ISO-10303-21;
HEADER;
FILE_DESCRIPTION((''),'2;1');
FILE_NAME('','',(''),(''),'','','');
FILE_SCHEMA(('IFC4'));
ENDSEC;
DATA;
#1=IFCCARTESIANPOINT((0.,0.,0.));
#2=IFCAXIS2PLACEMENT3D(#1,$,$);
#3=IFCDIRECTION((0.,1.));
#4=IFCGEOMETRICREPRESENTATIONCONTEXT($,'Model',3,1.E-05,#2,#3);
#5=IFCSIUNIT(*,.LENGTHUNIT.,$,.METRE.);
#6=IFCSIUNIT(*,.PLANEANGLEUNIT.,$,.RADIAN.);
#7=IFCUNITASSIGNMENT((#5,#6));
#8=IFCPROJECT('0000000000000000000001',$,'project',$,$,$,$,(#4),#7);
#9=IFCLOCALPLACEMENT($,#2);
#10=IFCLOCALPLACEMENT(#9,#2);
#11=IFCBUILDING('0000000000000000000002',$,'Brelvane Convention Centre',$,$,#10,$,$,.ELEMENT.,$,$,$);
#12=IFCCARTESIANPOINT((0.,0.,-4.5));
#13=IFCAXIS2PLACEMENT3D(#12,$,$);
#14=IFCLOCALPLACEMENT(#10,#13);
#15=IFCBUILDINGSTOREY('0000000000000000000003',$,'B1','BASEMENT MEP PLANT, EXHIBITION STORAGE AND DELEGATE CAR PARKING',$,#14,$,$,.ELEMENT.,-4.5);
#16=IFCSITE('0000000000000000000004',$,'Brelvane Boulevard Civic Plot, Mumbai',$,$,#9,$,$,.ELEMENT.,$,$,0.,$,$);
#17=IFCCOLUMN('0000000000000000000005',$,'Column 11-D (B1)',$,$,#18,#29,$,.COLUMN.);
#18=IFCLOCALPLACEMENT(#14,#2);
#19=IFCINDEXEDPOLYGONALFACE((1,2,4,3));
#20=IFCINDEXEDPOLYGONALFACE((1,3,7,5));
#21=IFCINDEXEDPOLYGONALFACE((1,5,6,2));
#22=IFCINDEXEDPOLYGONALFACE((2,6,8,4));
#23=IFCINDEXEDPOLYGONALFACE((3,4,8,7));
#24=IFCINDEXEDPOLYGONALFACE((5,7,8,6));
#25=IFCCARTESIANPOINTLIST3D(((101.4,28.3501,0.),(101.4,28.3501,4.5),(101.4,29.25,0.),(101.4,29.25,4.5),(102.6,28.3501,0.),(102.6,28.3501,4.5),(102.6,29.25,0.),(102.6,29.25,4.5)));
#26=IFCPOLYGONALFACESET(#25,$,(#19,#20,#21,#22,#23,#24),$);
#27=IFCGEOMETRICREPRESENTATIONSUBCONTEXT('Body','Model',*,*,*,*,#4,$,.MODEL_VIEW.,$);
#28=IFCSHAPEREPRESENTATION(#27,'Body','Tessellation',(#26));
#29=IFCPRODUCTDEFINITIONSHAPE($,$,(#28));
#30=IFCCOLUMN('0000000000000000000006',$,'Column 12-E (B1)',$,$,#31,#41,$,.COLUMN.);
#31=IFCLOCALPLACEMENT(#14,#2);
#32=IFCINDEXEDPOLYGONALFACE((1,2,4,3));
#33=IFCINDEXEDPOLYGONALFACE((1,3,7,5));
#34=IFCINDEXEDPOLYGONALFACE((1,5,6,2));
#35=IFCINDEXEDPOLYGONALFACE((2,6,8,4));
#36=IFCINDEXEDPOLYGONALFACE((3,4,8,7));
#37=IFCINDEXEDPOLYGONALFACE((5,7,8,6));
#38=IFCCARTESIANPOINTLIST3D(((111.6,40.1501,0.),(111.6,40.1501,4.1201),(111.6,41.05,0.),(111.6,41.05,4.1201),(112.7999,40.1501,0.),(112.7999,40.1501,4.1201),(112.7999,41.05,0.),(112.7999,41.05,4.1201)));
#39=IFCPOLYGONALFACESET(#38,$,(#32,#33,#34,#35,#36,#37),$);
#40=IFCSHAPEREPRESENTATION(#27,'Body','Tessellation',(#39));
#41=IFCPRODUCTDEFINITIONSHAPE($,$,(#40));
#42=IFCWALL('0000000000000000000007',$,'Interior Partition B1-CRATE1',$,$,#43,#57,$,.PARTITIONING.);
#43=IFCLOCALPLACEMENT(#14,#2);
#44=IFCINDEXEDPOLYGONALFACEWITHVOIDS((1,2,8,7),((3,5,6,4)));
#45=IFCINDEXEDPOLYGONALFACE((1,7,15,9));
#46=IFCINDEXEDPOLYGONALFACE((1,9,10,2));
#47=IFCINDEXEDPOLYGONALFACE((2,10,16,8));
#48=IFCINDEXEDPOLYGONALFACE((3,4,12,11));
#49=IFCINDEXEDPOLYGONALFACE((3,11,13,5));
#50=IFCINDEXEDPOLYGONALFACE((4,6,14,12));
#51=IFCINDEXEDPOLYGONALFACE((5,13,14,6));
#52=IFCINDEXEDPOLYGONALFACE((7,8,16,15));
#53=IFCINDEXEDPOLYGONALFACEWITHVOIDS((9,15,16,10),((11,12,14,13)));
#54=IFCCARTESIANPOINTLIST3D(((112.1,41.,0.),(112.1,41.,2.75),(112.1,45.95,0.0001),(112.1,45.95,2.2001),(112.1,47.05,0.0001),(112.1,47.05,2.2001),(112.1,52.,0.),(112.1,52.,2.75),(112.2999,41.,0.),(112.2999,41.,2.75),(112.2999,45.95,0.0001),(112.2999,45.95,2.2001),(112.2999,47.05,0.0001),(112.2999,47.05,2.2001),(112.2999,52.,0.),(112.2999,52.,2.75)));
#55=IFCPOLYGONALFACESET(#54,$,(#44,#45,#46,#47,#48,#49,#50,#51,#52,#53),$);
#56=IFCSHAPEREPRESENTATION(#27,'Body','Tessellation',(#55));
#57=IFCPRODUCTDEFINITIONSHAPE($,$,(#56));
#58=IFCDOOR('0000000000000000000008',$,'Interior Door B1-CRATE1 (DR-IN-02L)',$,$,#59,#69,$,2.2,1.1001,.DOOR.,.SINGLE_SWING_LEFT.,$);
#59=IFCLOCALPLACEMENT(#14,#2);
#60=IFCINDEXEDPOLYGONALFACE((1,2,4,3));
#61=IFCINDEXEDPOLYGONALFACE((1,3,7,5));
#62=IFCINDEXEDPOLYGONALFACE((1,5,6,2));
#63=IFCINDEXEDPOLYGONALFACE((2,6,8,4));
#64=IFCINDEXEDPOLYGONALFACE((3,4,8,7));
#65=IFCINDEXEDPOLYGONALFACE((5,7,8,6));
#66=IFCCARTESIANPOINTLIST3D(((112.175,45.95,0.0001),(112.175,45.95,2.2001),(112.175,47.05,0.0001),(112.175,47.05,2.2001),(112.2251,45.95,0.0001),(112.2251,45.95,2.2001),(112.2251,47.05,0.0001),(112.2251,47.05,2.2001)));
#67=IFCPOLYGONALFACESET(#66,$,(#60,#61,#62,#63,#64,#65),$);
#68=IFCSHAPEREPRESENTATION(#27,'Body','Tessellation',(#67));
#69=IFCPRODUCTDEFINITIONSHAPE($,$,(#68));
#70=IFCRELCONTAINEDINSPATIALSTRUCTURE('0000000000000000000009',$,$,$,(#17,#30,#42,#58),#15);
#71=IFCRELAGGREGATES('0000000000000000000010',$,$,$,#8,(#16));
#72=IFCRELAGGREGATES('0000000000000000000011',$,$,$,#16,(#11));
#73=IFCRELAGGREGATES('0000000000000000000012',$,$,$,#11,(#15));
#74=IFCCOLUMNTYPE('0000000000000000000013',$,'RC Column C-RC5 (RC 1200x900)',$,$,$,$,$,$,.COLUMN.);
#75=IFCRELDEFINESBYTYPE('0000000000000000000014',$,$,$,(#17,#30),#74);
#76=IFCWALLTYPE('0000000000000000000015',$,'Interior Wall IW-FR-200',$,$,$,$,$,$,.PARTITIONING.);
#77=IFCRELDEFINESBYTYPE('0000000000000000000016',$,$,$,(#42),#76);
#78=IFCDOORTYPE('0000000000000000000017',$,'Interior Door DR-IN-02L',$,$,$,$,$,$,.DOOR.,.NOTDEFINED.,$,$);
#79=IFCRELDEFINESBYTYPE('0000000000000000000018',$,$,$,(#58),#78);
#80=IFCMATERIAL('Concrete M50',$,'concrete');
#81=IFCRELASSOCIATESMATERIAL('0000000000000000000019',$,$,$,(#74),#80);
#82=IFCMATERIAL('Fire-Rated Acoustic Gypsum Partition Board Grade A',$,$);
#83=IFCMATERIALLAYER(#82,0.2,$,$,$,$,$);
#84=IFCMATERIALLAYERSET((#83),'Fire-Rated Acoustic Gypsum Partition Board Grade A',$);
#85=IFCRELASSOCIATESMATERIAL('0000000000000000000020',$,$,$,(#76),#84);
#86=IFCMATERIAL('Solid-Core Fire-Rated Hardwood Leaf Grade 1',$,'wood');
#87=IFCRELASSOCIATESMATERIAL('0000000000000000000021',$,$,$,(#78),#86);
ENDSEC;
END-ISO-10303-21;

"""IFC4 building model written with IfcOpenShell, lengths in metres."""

from ifc_helpers import new_model, si_unit, direction, frame, frame_2d, origin, origin_2d, place, context, subcontext, project, spatial, rectangle, extrude, material, layer, layer_set, material_profile, profile_set, type_object, element, fill, save


model = new_model("IFC4")

# Units and contexts
model_context = context("Model", 3, precision=1e-05, world=origin(), true_north=direction((0.0, 1.0)))
body_context = subcontext(model_context, "Body", "Model", "MODEL_VIEW")
ifc_project = project(units=[si_unit("LENGTHUNIT", "METRE"), si_unit("PLANEANGLEUNIT", "RADIAN")], contexts=[model_context])

# Site, building, storey
site_placement = place(None, origin())
site = spatial("IfcSite", under=ifc_project, at=site_placement, Name="Brelvane Boulevard Civic Plot, Mumbai", CompositionType="ELEMENT", RefElevation=0.0)
building_placement = place(site_placement, origin())
building = spatial("IfcBuilding", under=site, at=building_placement, Name="Brelvane Convention Centre", CompositionType="ELEMENT")
storey_placement = place(building_placement, frame((0.0, 0.0, -4.5)))
storey = spatial("IfcBuildingStorey", under=building, at=storey_placement, Name="B1", Description="BASEMENT MEP PLANT, EXHIBITION STORAGE AND DELEGATE CAR PARKING", CompositionType="ELEMENT", Elevation=-4.5)

# Columns
ifc_material_1 = material(Name="Concrete M50", Category="concrete")
ifc_material_profile_1 = material_profile(ifc_material_1, rectangle(XDim=1.2, YDim=0.8999, at=origin_2d()), Name="RC 1200x900")
ifc_profile_set_1 = profile_set([ifc_material_profile_1], Name="Concrete M50")
column_type_1 = type_object("IfcColumnType", Name="RC Column C-RC5 (RC 1200x900)", PredefinedType="COLUMN", material=ifc_profile_set_1)
column_1_placement = place(storey_placement, frame((102.0, 28.8, 0.0), z_axis=(0.0, 0.0, 1.0), x_axis=(1.0, 0.0, 0.0)))
element("IfcColumn", 1, at=column_1_placement, inside=storey, type_object=column_type_1, Name="Column 11-D (B1)", PredefinedType="COLUMN", context=body_context, shape_type="SweptSolid", body=[
    extrude(rectangle(XDim=1.2, YDim=0.8999, at=origin_2d()), origin(), (0.0, 0.0, 1.0), 4.5),
])
column_2_placement = place(storey_placement, frame((112.2, 40.6001, 0.0), z_axis=(0.0, 0.0, 1.0), x_axis=(1.0, 0.0, 0.0)))
element("IfcColumn", 2, at=column_2_placement, inside=storey, type_object=column_type_1, Name="Column 12-E (B1)", PredefinedType="COLUMN", context=body_context, shape_type="SweptSolid", body=[
    extrude(rectangle(XDim=1.2, YDim=0.8999, at=origin_2d()), origin(), (0.0, 0.0, 1.0), 4.1201),
])

# Wall, opening, door
ifc_material_2 = material(Name="Fire-Rated Acoustic Gypsum Partition Board Grade A")
ifc_layer = layer(ifc_material_2, 0.2)
ifc_layer_set = layer_set([ifc_layer], Name="Fire-Rated Acoustic Gypsum Partition Board Grade A")
wall_type = type_object("IfcWallType", Name="Interior Wall IW-FR-200", PredefinedType="PARTITIONING", material=ifc_layer_set)
wall_placement = place(storey_placement, frame((112.2, 41.0, 0.0), z_axis=(0.0, 0.0, 1.0), x_axis=(0.0, 1.0, 0.0)))
wall = element("IfcWall", 3, at=wall_placement, inside=storey, type_object=wall_type, Name="Interior Partition B1-CRATE1", PredefinedType="PARTITIONING", context=body_context, shape_type="SweptSolid", body=[
    extrude(rectangle(XDim=11.0, YDim=0.2, at=frame_2d((5.5, 0.0))), origin(), (0.0, 0.0, 1.0), 2.75),
])
opening_placement = place(wall_placement, frame((4.95, 0.0, 0.0)))
opening = element("IfcOpeningElement", 4, at=opening_placement, cuts=wall, PredefinedType="OPENING", context=body_context, shape_type="SweptSolid", body=[
    extrude(rectangle(XDim=1.1001, YDim=2.2, at=frame_2d((0.55, 1.1001))), frame((0.0, 0.1099, 0.0), z_axis=(0.0, -1.0, 0.0), x_axis=(1.0, 0.0, 0.0)), (0.0, 0.0, 1.0), 0.22),
])
ifc_material_3 = material(Name="Solid-Core Fire-Rated Hardwood Leaf Grade 1", Category="wood")
door_type = type_object("IfcDoorType", Name="Interior Door DR-IN-02L", OperationType="NOTDEFINED", PredefinedType="DOOR", material=ifc_material_3)
door_placement = place(opening_placement, origin())
door = element("IfcDoor", 5, at=door_placement, inside=storey, type_object=door_type, Name="Interior Door B1-CRATE1 (DR-IN-02L)", OperationType="SINGLE_SWING_LEFT", OverallHeight=2.2, OverallWidth=1.1001, PredefinedType="DOOR", context=body_context, shape_type="SweptSolid", body=[
    extrude(rectangle(XDim=1.1001, YDim=2.2, at=frame_2d((0.55, 1.1001))), frame((0.0, 0.0249, 0.0), z_axis=(0.0, -1.0, 0.0), x_axis=(1.0, 0.0, 0.0)), (0.0, 0.0, 1.0), 0.05),
])
fill(opening, door)

save(model, "model.ifc")
